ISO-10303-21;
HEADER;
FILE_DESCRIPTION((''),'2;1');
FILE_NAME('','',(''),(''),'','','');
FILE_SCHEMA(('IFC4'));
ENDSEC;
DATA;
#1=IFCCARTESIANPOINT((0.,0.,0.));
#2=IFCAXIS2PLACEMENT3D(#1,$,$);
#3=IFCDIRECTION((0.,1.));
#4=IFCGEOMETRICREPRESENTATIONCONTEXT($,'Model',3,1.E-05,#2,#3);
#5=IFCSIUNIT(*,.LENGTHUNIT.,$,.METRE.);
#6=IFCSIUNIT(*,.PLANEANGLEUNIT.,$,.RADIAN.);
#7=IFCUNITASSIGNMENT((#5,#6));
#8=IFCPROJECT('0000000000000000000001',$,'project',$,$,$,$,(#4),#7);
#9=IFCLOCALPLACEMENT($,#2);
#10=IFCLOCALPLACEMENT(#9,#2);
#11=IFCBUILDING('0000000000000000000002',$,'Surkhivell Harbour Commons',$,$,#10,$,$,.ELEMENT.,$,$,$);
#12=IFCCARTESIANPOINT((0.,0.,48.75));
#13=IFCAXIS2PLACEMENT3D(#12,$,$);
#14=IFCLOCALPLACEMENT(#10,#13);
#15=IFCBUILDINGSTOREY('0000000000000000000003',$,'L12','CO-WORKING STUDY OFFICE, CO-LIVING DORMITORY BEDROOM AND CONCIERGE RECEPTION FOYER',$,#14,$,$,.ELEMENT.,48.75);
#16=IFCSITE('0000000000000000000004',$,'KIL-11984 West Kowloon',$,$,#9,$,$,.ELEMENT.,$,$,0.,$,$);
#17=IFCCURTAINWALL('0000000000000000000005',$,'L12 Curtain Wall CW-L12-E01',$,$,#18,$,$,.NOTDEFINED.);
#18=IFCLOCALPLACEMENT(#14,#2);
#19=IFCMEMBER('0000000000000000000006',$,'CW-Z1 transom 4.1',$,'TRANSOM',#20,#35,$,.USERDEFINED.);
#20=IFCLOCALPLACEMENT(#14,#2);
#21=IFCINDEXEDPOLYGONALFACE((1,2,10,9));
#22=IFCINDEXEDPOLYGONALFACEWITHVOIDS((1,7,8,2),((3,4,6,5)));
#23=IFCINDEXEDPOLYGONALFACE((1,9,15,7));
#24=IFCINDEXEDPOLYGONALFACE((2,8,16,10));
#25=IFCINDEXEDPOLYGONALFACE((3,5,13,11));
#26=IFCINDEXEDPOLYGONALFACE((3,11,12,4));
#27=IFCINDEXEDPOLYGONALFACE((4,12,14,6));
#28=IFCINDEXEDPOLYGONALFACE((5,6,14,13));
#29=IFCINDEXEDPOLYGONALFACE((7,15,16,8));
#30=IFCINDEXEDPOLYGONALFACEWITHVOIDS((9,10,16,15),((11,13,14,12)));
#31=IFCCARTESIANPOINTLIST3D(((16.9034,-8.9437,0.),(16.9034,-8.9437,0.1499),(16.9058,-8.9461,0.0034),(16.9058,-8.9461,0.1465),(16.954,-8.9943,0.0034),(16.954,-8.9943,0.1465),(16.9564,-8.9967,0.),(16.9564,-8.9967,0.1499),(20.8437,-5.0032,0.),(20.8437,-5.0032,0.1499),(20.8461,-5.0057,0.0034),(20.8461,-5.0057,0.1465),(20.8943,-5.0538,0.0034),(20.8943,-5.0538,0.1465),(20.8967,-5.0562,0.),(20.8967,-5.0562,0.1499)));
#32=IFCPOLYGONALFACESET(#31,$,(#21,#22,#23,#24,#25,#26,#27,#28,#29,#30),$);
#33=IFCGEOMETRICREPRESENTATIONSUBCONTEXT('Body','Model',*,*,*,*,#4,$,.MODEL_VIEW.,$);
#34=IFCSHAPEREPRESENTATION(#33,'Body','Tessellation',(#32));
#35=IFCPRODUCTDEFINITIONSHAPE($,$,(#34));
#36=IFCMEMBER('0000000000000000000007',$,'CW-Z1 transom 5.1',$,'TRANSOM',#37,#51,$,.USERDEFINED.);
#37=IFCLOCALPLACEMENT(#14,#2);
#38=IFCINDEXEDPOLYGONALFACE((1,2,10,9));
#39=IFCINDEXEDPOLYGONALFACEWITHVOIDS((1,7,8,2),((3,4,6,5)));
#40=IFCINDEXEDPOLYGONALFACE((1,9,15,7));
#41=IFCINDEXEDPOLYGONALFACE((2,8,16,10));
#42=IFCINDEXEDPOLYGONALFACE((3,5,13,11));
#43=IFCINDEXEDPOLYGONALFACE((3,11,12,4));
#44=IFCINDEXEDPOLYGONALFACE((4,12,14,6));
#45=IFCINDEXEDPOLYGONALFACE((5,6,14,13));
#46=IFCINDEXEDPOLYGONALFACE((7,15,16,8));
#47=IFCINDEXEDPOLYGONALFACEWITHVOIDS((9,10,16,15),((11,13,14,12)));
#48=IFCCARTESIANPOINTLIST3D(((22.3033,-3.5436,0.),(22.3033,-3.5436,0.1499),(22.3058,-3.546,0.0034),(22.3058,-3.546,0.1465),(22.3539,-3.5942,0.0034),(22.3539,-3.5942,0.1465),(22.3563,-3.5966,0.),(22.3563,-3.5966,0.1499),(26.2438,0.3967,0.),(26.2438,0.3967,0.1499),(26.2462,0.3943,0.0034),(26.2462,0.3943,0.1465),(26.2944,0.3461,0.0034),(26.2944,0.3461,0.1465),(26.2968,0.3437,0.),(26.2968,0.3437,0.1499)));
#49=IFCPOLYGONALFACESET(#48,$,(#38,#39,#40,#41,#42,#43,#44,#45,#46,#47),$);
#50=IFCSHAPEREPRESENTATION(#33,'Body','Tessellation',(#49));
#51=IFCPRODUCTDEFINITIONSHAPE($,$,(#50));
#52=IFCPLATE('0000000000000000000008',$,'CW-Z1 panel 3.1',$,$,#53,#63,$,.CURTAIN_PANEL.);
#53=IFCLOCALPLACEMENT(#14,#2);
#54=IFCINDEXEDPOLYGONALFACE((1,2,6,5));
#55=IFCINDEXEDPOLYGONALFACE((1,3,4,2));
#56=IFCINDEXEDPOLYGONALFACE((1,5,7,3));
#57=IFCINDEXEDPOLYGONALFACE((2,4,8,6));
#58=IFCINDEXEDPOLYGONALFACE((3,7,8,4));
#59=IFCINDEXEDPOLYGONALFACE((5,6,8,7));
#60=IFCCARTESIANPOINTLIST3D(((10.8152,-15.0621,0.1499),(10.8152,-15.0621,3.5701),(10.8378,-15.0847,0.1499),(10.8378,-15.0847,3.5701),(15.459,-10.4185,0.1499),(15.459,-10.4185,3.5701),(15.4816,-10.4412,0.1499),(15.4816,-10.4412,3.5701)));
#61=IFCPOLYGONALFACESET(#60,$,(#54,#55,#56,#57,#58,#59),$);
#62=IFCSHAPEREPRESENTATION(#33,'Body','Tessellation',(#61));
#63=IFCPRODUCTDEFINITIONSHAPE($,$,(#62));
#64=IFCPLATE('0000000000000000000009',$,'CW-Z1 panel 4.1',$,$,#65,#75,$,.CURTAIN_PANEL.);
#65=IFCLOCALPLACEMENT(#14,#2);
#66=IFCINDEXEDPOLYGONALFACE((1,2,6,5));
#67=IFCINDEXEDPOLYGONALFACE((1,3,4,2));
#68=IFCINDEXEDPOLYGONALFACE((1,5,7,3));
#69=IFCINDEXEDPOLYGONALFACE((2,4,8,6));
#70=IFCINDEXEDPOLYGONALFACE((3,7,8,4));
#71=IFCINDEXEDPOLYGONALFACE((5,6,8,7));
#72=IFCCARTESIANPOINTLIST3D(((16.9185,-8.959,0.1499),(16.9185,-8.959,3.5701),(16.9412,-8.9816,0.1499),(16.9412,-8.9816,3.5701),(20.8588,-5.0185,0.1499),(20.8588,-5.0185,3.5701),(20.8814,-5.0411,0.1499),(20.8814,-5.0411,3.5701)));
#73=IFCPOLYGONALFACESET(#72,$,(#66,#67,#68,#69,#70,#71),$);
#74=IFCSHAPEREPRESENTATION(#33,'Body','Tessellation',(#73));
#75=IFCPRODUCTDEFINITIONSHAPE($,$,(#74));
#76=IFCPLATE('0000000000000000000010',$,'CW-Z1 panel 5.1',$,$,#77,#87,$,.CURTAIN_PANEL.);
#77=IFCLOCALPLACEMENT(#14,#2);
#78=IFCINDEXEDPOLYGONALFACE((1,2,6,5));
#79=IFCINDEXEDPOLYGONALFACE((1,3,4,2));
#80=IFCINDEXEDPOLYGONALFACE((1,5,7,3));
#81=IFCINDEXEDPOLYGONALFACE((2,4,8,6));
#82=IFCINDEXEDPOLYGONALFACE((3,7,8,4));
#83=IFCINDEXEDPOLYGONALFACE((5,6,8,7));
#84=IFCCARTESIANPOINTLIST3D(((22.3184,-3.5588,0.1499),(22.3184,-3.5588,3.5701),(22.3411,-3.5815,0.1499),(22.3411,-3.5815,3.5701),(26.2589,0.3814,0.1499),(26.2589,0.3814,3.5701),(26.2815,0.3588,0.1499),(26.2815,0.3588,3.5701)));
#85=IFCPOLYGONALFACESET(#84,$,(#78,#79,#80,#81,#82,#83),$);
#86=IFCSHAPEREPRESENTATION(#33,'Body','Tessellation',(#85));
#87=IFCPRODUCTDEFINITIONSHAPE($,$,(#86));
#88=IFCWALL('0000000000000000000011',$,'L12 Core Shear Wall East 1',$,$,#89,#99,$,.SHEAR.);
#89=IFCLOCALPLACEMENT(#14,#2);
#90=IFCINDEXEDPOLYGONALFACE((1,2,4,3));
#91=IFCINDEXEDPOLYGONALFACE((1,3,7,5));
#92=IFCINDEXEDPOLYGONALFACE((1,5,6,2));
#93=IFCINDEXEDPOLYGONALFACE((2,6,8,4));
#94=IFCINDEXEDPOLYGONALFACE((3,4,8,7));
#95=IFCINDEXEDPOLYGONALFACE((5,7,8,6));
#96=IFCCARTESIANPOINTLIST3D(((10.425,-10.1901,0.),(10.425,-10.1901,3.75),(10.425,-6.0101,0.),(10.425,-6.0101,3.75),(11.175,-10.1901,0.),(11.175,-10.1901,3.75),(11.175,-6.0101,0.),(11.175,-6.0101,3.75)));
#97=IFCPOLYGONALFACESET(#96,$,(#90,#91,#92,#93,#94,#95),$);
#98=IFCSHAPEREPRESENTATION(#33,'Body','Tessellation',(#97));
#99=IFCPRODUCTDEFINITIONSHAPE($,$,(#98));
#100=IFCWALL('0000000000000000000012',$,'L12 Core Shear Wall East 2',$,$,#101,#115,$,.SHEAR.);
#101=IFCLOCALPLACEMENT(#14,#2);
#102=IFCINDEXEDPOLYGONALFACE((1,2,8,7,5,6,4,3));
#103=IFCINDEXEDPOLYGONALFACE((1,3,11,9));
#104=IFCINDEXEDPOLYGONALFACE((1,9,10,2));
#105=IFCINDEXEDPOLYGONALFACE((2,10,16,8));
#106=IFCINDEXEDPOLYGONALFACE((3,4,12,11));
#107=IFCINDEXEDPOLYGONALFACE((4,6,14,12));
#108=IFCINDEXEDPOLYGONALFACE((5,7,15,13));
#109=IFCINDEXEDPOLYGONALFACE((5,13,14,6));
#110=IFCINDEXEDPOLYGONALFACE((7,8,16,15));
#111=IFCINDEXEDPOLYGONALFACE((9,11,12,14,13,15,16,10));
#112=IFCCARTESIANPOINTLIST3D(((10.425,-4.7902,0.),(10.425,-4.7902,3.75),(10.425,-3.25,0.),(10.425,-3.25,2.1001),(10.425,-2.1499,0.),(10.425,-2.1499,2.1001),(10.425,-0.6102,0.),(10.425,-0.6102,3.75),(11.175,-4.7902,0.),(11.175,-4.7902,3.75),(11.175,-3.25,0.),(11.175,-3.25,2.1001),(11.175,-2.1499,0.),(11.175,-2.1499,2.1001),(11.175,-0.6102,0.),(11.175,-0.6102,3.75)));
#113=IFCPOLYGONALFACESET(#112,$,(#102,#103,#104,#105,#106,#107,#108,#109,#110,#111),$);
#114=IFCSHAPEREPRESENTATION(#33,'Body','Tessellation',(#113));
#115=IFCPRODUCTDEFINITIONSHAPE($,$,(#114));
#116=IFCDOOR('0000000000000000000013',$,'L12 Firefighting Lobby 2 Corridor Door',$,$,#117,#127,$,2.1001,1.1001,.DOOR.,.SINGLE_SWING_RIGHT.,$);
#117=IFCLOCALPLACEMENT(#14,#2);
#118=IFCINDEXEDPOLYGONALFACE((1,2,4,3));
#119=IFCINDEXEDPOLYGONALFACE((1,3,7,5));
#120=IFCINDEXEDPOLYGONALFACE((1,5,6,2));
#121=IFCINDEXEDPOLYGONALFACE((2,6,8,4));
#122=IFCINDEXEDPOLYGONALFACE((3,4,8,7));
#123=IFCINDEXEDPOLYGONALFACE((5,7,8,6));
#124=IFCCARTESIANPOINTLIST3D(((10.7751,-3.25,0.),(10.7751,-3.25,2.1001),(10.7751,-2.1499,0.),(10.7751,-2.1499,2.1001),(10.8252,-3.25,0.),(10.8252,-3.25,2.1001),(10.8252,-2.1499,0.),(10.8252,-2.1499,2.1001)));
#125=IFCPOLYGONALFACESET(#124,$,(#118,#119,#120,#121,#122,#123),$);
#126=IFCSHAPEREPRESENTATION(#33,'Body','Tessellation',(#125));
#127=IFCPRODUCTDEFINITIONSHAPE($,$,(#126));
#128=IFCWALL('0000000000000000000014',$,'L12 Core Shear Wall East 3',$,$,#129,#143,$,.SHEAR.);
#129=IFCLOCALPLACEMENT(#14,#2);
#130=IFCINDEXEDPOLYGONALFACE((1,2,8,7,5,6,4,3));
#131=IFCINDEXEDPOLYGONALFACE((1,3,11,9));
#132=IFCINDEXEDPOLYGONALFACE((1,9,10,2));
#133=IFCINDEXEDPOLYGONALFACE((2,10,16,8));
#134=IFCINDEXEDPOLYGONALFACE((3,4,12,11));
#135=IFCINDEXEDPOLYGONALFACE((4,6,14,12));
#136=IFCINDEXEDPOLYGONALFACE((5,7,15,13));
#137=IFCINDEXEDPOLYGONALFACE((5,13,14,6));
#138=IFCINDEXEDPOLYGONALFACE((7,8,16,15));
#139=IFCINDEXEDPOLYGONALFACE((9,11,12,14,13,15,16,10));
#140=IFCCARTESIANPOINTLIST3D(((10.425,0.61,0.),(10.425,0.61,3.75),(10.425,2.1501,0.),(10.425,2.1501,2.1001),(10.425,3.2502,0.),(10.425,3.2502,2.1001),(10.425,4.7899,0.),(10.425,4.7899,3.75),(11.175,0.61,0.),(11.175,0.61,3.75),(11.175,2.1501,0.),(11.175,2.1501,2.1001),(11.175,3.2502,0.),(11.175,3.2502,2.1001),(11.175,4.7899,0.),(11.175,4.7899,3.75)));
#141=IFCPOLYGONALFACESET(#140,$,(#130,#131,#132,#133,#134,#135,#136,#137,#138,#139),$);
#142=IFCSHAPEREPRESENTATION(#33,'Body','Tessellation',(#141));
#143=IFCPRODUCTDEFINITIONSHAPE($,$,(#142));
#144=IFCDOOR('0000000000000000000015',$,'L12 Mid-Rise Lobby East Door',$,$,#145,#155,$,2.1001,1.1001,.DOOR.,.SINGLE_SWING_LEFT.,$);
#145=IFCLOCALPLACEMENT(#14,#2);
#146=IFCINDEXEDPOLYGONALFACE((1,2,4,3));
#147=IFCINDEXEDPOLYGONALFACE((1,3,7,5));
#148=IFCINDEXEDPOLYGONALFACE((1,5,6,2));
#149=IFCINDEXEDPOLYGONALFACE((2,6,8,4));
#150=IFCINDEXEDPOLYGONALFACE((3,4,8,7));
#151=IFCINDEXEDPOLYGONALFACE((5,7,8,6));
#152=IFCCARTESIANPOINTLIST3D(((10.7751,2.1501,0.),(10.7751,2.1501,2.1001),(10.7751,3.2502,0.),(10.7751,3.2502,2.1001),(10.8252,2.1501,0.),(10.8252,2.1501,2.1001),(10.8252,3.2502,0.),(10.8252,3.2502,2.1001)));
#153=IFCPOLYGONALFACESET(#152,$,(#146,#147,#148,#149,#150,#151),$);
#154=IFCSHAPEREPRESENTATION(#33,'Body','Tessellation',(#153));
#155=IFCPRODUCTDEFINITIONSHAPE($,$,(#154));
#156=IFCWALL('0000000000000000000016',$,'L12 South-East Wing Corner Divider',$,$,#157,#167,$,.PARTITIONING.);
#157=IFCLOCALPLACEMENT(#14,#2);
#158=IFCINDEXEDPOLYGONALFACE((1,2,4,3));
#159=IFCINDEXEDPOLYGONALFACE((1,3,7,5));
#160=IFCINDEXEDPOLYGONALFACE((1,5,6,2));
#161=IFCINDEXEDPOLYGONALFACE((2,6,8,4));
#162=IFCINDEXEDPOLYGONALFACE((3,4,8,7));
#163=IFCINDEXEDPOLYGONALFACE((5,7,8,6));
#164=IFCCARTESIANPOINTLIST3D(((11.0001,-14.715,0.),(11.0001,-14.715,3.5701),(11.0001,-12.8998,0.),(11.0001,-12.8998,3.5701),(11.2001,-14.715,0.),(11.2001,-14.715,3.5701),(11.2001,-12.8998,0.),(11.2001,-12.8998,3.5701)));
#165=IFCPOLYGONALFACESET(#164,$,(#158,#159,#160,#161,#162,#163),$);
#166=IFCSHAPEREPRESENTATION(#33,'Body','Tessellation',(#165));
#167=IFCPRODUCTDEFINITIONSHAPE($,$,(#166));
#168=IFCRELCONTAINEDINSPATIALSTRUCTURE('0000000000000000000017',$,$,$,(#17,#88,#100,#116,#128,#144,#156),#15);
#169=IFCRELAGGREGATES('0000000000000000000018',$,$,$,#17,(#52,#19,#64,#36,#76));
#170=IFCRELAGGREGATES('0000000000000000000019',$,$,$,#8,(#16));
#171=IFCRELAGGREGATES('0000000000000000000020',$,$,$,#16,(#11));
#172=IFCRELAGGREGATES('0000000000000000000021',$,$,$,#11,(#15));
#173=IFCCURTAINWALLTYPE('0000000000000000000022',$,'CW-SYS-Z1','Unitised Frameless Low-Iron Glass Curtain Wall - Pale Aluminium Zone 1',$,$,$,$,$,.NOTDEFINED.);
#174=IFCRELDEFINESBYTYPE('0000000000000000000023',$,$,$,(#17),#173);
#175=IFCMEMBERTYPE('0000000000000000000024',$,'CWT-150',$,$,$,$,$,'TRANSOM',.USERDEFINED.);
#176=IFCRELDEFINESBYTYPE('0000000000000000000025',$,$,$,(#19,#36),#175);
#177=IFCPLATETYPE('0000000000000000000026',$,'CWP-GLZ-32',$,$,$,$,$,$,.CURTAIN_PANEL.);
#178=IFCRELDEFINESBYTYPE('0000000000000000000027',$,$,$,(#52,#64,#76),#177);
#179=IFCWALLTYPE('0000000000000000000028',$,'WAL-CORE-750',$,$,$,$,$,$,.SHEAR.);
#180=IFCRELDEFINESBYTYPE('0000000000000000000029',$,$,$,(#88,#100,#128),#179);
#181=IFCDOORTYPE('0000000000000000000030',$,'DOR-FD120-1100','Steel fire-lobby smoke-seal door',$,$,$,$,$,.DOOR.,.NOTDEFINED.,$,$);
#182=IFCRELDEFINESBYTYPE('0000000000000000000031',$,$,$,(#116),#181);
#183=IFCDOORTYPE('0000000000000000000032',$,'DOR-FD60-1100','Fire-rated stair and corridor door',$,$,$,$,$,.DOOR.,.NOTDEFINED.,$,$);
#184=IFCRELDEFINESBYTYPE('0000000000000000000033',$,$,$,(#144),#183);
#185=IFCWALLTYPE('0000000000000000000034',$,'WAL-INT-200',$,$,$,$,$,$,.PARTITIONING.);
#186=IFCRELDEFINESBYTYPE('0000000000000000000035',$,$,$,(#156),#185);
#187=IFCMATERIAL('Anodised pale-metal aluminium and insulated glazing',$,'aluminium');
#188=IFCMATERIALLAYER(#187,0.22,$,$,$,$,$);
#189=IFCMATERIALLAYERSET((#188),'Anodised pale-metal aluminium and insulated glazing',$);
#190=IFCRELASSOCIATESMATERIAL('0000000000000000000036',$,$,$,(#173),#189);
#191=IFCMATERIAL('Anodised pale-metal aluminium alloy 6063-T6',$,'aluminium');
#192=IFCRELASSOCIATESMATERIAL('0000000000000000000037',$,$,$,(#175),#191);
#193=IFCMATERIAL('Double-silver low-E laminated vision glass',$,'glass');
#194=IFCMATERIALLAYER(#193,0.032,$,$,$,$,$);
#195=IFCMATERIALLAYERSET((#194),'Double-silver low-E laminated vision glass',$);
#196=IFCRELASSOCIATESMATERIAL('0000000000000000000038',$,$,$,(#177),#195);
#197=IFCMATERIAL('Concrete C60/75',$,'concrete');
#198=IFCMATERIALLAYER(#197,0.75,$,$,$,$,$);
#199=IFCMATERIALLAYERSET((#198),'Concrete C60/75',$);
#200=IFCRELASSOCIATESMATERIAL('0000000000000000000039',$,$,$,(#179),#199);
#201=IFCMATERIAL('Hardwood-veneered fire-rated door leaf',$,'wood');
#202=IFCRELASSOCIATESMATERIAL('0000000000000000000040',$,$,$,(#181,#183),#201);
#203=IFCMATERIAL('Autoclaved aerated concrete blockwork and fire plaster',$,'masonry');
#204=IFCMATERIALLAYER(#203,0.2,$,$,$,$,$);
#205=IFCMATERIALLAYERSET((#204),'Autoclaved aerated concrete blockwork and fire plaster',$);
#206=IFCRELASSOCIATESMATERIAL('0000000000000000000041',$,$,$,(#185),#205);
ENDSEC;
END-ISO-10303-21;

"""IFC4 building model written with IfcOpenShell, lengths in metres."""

from ifc_helpers import new_model, si_unit, direction, frame, frame_2d, origin, origin_2d, place, context, subcontext, project, spatial, rectangle, hollow_rectangle, extrude, material, layer, layer_set, material_profile, profile_set, type_object, element, fill, aggregate, save


model = new_model("IFC4")

# Units and contexts
model_context = context("Model", 3, precision=1e-05, world=origin(), true_north=direction((0.0, 1.0)))
body_context = subcontext(model_context, "Body", "Model", "MODEL_VIEW")
ifc_project = project(units=[si_unit("LENGTHUNIT", "METRE"), si_unit("PLANEANGLEUNIT", "RADIAN")], contexts=[model_context])

# Site, building, storey
site_placement = place(None, origin())
site = spatial("IfcSite", under=ifc_project, at=site_placement, Name="KIL-11984 West Kowloon", CompositionType="ELEMENT", RefElevation=0.0)
building_placement = place(site_placement, origin())
building = spatial("IfcBuilding", under=site, at=building_placement, Name="Surkhivell Harbour Commons", CompositionType="ELEMENT")
storey_placement = place(building_placement, frame((0.0, 0.0, 48.75)))
storey = spatial("IfcBuildingStorey", under=building, at=storey_placement, Name="L12", Description="CO-WORKING STUDY OFFICE, CO-LIVING DORMITORY BEDROOM AND CONCIERGE RECEPTION FOYER", CompositionType="ELEMENT", Elevation=48.75)

# Curtain wall, members, plates
ifc_material_1 = material(Name="Anodised pale-metal aluminium and insulated glazing", Category="aluminium")
ifc_layer_1 = layer(ifc_material_1, 0.22)
ifc_layer_set_1 = layer_set([ifc_layer_1], Name="Anodised pale-metal aluminium and insulated glazing")
curtain_wall_type = type_object("IfcCurtainWallType", Name="CW-SYS-Z1", Description="Unitised Frameless Low-Iron Glass Curtain Wall - Pale Aluminium Zone 1", PredefinedType="NOTDEFINED", material=ifc_layer_set_1)
curtain_wall_placement = place(storey_placement, origin())
curtain_wall = element("IfcCurtainWall", 1, at=curtain_wall_placement, inside=storey, type_object=curtain_wall_type, Name="L12 Curtain Wall CW-L12-E01", PredefinedType="NOTDEFINED")
ifc_material_2 = material(Name="Anodised pale-metal aluminium alloy 6063-T6", Category="aluminium")
ifc_material_profile_1 = material_profile(ifc_material_2, hollow_rectangle(XDim=0.075, YDim=0.1499, WallThickness=0.0034, at=origin_2d()), Name="ALU-TRAN-75x150")
ifc_profile_set_1 = profile_set([ifc_material_profile_1], Name="Anodised pale-metal aluminium alloy 6063-T6")
member_type_1 = type_object("IfcMemberType", Name="CWT-150", ElementType="TRANSOM", PredefinedType="USERDEFINED", material=ifc_profile_set_1)
member_1_placement = place(storey_placement, frame((16.9299, -8.9702, 0.075), z_axis=(0.707085, 0.707129, 0.0), x_axis=(-0.707129, 0.707085, 0.0)))
member_1 = element("IfcMember", 2, at=member_1_placement, type_object=member_type_1, Name="CW-Z1 transom 4.1", ObjectType="TRANSOM", PredefinedType="USERDEFINED", context=body_context, shape_type="SweptSolid", body=[
    extrude(hollow_rectangle(XDim=0.075, YDim=0.1499, WallThickness=0.0034, at=origin_2d()), origin(), (0.0, 0.0, 1.0), 5.5725),
])
member_2_placement = place(storey_placement, frame((22.3298, -3.5701, 0.075), z_axis=(0.707129, 0.707085, 0.0), x_axis=(-0.707085, 0.707129, 0.0)))
member_2 = element("IfcMember", 3, at=member_2_placement, type_object=member_type_1, Name="CW-Z1 transom 5.1", ObjectType="TRANSOM", PredefinedType="USERDEFINED", context=body_context, shape_type="SweptSolid", body=[
    extrude(hollow_rectangle(XDim=0.075, YDim=0.1499, WallThickness=0.0034, at=origin_2d()), origin(), (0.0, 0.0, 1.0), 5.5725),
])
ifc_material_3 = material(Name="Double-silver low-E laminated vision glass", Category="glass")
ifc_layer_2 = layer(ifc_material_3, 0.032)
ifc_layer_set_2 = layer_set([ifc_layer_2], Name="Double-silver low-E laminated vision glass")
plate_type = type_object("IfcPlateType", Name="CWP-GLZ-32", PredefinedType="CURTAIN_PANEL", material=ifc_layer_set_2)
plate_1_placement = place(storey_placement, frame((10.8264, -15.0735, 0.1499), z_axis=(0.0, 0.0, 1.0), x_axis=(0.707125, 0.707088, 0.0)))
plate_1 = element("IfcPlate", 4, at=plate_1_placement, type_object=plate_type, Name="CW-Z1 panel 3.1", PredefinedType="CURTAIN_PANEL", context=body_context, shape_type="SweptSolid", body=[
    extrude(rectangle(XDim=6.5671, YDim=0.032, at=frame_2d((3.2837, 0.0))), origin(), (0.0, 0.0, 1.0), 3.4202),
])
plate_2_placement = place(storey_placement, frame((16.9299, -8.9702, 0.1499), z_axis=(0.0, 0.0, 1.0), x_axis=(0.707085, 0.707129, 0.0)))
plate_2 = element("IfcPlate", 5, at=plate_2_placement, type_object=plate_type, Name="CW-Z1 panel 4.1", PredefinedType="CURTAIN_PANEL", context=body_context, shape_type="SweptSolid", body=[
    extrude(rectangle(XDim=5.5725, YDim=0.032, at=frame_2d((2.7861, 0.0))), origin(), (0.0, 0.0, 1.0), 3.4202),
])
plate_3_placement = place(storey_placement, frame((22.3298, -3.5701, 0.1499), z_axis=(0.0, 0.0, 1.0), x_axis=(0.707129, 0.707085, 0.0)))
plate_3 = element("IfcPlate", 6, at=plate_3_placement, type_object=plate_type, Name="CW-Z1 panel 5.1", PredefinedType="CURTAIN_PANEL", context=body_context, shape_type="SweptSolid", body=[
    extrude(rectangle(XDim=5.5725, YDim=0.032, at=frame_2d((2.7861, 0.0))), origin(), (0.0, 0.0, 1.0), 3.4202),
])
aggregate(curtain_wall, [plate_1, member_1, plate_2, member_2, plate_3])

# Wall
ifc_material_4 = material(Name="Concrete C60/75", Category="concrete")
ifc_layer_3 = layer(ifc_material_4, 0.75)
ifc_layer_set_3 = layer_set([ifc_layer_3], Name="Concrete C60/75")
wall_type_1 = type_object("IfcWallType", Name="WAL-CORE-750", PredefinedType="SHEAR", material=ifc_layer_set_3)
wall_1_placement = place(storey_placement, frame((10.8, -10.1899, 0.0), z_axis=(0.0, 0.0, 1.0), x_axis=(0.0, 1.0, 0.0)))
element("IfcWall", 7, at=wall_1_placement, inside=storey, type_object=wall_type_1, Name="L12 Core Shear Wall East 1", PredefinedType="SHEAR", context=body_context, shape_type="SweptSolid", body=[
    extrude(rectangle(XDim=4.1799, YDim=0.75, at=frame_2d((2.0898, 0.0))), origin(), (0.0, 0.0, 1.0), 3.75),
])

# Walls, openings, doors
wall_2_placement = place(storey_placement, frame((10.8, -4.79, 0.0), z_axis=(0.0, 0.0, 1.0), x_axis=(0.0, 1.0, 0.0)))
wall_2 = element("IfcWall", 8, at=wall_2_placement, inside=storey, type_object=wall_type_1, Name="L12 Core Shear Wall East 2", PredefinedType="SHEAR", context=body_context, shape_type="SweptSolid", body=[
    extrude(rectangle(XDim=4.1799, YDim=0.75, at=frame_2d((2.0898, 0.0))), origin(), (0.0, 0.0, 1.0), 3.75),
])
opening_1_placement = place(wall_2_placement, frame((1.54, 0.0, 0.0)))
opening_1 = element("IfcOpeningElement", 9, at=opening_1_placement, cuts=wall_2, PredefinedType="OPENING", context=body_context, shape_type="SweptSolid", body=[
    extrude(rectangle(XDim=1.1001, YDim=2.1001, at=frame_2d((0.55, 1.05))), frame((0.0, 0.385, 0.0), z_axis=(0.0, -1.0, 0.0), x_axis=(1.0, 0.0, 0.0)), (0.0, 0.0, 1.0), 0.77),
])
ifc_material_5 = material(Name="Hardwood-veneered fire-rated door leaf", Category="wood")
door_type_1 = type_object("IfcDoorType", Name="DOR-FD120-1100", Description="Steel fire-lobby smoke-seal door", OperationType="NOTDEFINED", PredefinedType="DOOR", material=ifc_material_5)
door_1_placement = place(opening_1_placement, origin())
door_1 = element("IfcDoor", 10, at=door_1_placement, inside=storey, type_object=door_type_1, Name="L12 Firefighting Lobby 2 Corridor Door", OperationType="SINGLE_SWING_RIGHT", OverallHeight=2.1001, OverallWidth=1.1001, PredefinedType="DOOR", context=body_context, shape_type="SweptSolid", body=[
    extrude(rectangle(XDim=1.1001, YDim=2.1001, at=frame_2d((0.55, 1.05))), frame((0.0, 0.0249, 0.0), z_axis=(0.0, -1.0, 0.0), x_axis=(1.0, 0.0, 0.0)), (0.0, 0.0, 1.0), 0.05),
])
fill(opening_1, door_1)
wall_3_placement = place(storey_placement, frame((10.8, 0.6101, 0.0), z_axis=(0.0, 0.0, 1.0), x_axis=(0.0, 1.0, 0.0)))
wall_3 = element("IfcWall", 11, at=wall_3_placement, inside=storey, type_object=wall_type_1, Name="L12 Core Shear Wall East 3", PredefinedType="SHEAR", context=body_context, shape_type="SweptSolid", body=[
    extrude(rectangle(XDim=4.1799, YDim=0.75, at=frame_2d((2.0898, 0.0))), origin(), (0.0, 0.0, 1.0), 3.75),
])
opening_2_placement = place(wall_3_placement, frame((1.54, 0.0, 0.0)))
opening_2 = element("IfcOpeningElement", 12, at=opening_2_placement, cuts=wall_3, PredefinedType="OPENING", context=body_context, shape_type="SweptSolid", body=[
    extrude(rectangle(XDim=1.1001, YDim=2.1001, at=frame_2d((0.55, 1.05))), frame((0.0, 0.385, 0.0), z_axis=(0.0, -1.0, 0.0), x_axis=(1.0, 0.0, 0.0)), (0.0, 0.0, 1.0), 0.77),
])
door_type_2 = type_object("IfcDoorType", Name="DOR-FD60-1100", Description="Fire-rated stair and corridor door", OperationType="NOTDEFINED", PredefinedType="DOOR", material=ifc_material_5)
door_2_placement = place(opening_2_placement, origin())
door_2 = element("IfcDoor", 13, at=door_2_placement, inside=storey, type_object=door_type_2, Name="L12 Mid-Rise Lobby East Door", OperationType="SINGLE_SWING_LEFT", OverallHeight=2.1001, OverallWidth=1.1001, PredefinedType="DOOR", context=body_context, shape_type="SweptSolid", body=[
    extrude(rectangle(XDim=1.1001, YDim=2.1001, at=frame_2d((0.55, 1.05))), frame((0.0, 0.0249, 0.0), z_axis=(0.0, -1.0, 0.0), x_axis=(1.0, 0.0, 0.0)), (0.0, 0.0, 1.0), 0.05),
])
fill(opening_2, door_2)

# Wall
ifc_material_6 = material(Name="Autoclaved aerated concrete blockwork and fire plaster", Category="masonry")
ifc_layer_4 = layer(ifc_material_6, 0.2)
ifc_layer_set_4 = layer_set([ifc_layer_4], Name="Autoclaved aerated concrete blockwork and fire plaster")
wall_type_2 = type_object("IfcWallType", Name="WAL-INT-200", PredefinedType="PARTITIONING", material=ifc_layer_set_4)
wall_4_placement = place(storey_placement, frame((11.1001, -14.7151, 0.0), z_axis=(0.0, 0.0, 1.0), x_axis=(0.0, 1.0, 0.0)))
element("IfcWall", 14, at=wall_4_placement, inside=storey, type_object=wall_type_2, Name="L12 South-East Wing Corner Divider", PredefinedType="PARTITIONING", context=body_context, shape_type="SweptSolid", body=[
    extrude(rectangle(XDim=1.8152, YDim=0.2, at=frame_2d((0.9077, 0.0))), origin(), (0.0, 0.0, 1.0), 3.5701),
])

save(model, "model.ifc")
